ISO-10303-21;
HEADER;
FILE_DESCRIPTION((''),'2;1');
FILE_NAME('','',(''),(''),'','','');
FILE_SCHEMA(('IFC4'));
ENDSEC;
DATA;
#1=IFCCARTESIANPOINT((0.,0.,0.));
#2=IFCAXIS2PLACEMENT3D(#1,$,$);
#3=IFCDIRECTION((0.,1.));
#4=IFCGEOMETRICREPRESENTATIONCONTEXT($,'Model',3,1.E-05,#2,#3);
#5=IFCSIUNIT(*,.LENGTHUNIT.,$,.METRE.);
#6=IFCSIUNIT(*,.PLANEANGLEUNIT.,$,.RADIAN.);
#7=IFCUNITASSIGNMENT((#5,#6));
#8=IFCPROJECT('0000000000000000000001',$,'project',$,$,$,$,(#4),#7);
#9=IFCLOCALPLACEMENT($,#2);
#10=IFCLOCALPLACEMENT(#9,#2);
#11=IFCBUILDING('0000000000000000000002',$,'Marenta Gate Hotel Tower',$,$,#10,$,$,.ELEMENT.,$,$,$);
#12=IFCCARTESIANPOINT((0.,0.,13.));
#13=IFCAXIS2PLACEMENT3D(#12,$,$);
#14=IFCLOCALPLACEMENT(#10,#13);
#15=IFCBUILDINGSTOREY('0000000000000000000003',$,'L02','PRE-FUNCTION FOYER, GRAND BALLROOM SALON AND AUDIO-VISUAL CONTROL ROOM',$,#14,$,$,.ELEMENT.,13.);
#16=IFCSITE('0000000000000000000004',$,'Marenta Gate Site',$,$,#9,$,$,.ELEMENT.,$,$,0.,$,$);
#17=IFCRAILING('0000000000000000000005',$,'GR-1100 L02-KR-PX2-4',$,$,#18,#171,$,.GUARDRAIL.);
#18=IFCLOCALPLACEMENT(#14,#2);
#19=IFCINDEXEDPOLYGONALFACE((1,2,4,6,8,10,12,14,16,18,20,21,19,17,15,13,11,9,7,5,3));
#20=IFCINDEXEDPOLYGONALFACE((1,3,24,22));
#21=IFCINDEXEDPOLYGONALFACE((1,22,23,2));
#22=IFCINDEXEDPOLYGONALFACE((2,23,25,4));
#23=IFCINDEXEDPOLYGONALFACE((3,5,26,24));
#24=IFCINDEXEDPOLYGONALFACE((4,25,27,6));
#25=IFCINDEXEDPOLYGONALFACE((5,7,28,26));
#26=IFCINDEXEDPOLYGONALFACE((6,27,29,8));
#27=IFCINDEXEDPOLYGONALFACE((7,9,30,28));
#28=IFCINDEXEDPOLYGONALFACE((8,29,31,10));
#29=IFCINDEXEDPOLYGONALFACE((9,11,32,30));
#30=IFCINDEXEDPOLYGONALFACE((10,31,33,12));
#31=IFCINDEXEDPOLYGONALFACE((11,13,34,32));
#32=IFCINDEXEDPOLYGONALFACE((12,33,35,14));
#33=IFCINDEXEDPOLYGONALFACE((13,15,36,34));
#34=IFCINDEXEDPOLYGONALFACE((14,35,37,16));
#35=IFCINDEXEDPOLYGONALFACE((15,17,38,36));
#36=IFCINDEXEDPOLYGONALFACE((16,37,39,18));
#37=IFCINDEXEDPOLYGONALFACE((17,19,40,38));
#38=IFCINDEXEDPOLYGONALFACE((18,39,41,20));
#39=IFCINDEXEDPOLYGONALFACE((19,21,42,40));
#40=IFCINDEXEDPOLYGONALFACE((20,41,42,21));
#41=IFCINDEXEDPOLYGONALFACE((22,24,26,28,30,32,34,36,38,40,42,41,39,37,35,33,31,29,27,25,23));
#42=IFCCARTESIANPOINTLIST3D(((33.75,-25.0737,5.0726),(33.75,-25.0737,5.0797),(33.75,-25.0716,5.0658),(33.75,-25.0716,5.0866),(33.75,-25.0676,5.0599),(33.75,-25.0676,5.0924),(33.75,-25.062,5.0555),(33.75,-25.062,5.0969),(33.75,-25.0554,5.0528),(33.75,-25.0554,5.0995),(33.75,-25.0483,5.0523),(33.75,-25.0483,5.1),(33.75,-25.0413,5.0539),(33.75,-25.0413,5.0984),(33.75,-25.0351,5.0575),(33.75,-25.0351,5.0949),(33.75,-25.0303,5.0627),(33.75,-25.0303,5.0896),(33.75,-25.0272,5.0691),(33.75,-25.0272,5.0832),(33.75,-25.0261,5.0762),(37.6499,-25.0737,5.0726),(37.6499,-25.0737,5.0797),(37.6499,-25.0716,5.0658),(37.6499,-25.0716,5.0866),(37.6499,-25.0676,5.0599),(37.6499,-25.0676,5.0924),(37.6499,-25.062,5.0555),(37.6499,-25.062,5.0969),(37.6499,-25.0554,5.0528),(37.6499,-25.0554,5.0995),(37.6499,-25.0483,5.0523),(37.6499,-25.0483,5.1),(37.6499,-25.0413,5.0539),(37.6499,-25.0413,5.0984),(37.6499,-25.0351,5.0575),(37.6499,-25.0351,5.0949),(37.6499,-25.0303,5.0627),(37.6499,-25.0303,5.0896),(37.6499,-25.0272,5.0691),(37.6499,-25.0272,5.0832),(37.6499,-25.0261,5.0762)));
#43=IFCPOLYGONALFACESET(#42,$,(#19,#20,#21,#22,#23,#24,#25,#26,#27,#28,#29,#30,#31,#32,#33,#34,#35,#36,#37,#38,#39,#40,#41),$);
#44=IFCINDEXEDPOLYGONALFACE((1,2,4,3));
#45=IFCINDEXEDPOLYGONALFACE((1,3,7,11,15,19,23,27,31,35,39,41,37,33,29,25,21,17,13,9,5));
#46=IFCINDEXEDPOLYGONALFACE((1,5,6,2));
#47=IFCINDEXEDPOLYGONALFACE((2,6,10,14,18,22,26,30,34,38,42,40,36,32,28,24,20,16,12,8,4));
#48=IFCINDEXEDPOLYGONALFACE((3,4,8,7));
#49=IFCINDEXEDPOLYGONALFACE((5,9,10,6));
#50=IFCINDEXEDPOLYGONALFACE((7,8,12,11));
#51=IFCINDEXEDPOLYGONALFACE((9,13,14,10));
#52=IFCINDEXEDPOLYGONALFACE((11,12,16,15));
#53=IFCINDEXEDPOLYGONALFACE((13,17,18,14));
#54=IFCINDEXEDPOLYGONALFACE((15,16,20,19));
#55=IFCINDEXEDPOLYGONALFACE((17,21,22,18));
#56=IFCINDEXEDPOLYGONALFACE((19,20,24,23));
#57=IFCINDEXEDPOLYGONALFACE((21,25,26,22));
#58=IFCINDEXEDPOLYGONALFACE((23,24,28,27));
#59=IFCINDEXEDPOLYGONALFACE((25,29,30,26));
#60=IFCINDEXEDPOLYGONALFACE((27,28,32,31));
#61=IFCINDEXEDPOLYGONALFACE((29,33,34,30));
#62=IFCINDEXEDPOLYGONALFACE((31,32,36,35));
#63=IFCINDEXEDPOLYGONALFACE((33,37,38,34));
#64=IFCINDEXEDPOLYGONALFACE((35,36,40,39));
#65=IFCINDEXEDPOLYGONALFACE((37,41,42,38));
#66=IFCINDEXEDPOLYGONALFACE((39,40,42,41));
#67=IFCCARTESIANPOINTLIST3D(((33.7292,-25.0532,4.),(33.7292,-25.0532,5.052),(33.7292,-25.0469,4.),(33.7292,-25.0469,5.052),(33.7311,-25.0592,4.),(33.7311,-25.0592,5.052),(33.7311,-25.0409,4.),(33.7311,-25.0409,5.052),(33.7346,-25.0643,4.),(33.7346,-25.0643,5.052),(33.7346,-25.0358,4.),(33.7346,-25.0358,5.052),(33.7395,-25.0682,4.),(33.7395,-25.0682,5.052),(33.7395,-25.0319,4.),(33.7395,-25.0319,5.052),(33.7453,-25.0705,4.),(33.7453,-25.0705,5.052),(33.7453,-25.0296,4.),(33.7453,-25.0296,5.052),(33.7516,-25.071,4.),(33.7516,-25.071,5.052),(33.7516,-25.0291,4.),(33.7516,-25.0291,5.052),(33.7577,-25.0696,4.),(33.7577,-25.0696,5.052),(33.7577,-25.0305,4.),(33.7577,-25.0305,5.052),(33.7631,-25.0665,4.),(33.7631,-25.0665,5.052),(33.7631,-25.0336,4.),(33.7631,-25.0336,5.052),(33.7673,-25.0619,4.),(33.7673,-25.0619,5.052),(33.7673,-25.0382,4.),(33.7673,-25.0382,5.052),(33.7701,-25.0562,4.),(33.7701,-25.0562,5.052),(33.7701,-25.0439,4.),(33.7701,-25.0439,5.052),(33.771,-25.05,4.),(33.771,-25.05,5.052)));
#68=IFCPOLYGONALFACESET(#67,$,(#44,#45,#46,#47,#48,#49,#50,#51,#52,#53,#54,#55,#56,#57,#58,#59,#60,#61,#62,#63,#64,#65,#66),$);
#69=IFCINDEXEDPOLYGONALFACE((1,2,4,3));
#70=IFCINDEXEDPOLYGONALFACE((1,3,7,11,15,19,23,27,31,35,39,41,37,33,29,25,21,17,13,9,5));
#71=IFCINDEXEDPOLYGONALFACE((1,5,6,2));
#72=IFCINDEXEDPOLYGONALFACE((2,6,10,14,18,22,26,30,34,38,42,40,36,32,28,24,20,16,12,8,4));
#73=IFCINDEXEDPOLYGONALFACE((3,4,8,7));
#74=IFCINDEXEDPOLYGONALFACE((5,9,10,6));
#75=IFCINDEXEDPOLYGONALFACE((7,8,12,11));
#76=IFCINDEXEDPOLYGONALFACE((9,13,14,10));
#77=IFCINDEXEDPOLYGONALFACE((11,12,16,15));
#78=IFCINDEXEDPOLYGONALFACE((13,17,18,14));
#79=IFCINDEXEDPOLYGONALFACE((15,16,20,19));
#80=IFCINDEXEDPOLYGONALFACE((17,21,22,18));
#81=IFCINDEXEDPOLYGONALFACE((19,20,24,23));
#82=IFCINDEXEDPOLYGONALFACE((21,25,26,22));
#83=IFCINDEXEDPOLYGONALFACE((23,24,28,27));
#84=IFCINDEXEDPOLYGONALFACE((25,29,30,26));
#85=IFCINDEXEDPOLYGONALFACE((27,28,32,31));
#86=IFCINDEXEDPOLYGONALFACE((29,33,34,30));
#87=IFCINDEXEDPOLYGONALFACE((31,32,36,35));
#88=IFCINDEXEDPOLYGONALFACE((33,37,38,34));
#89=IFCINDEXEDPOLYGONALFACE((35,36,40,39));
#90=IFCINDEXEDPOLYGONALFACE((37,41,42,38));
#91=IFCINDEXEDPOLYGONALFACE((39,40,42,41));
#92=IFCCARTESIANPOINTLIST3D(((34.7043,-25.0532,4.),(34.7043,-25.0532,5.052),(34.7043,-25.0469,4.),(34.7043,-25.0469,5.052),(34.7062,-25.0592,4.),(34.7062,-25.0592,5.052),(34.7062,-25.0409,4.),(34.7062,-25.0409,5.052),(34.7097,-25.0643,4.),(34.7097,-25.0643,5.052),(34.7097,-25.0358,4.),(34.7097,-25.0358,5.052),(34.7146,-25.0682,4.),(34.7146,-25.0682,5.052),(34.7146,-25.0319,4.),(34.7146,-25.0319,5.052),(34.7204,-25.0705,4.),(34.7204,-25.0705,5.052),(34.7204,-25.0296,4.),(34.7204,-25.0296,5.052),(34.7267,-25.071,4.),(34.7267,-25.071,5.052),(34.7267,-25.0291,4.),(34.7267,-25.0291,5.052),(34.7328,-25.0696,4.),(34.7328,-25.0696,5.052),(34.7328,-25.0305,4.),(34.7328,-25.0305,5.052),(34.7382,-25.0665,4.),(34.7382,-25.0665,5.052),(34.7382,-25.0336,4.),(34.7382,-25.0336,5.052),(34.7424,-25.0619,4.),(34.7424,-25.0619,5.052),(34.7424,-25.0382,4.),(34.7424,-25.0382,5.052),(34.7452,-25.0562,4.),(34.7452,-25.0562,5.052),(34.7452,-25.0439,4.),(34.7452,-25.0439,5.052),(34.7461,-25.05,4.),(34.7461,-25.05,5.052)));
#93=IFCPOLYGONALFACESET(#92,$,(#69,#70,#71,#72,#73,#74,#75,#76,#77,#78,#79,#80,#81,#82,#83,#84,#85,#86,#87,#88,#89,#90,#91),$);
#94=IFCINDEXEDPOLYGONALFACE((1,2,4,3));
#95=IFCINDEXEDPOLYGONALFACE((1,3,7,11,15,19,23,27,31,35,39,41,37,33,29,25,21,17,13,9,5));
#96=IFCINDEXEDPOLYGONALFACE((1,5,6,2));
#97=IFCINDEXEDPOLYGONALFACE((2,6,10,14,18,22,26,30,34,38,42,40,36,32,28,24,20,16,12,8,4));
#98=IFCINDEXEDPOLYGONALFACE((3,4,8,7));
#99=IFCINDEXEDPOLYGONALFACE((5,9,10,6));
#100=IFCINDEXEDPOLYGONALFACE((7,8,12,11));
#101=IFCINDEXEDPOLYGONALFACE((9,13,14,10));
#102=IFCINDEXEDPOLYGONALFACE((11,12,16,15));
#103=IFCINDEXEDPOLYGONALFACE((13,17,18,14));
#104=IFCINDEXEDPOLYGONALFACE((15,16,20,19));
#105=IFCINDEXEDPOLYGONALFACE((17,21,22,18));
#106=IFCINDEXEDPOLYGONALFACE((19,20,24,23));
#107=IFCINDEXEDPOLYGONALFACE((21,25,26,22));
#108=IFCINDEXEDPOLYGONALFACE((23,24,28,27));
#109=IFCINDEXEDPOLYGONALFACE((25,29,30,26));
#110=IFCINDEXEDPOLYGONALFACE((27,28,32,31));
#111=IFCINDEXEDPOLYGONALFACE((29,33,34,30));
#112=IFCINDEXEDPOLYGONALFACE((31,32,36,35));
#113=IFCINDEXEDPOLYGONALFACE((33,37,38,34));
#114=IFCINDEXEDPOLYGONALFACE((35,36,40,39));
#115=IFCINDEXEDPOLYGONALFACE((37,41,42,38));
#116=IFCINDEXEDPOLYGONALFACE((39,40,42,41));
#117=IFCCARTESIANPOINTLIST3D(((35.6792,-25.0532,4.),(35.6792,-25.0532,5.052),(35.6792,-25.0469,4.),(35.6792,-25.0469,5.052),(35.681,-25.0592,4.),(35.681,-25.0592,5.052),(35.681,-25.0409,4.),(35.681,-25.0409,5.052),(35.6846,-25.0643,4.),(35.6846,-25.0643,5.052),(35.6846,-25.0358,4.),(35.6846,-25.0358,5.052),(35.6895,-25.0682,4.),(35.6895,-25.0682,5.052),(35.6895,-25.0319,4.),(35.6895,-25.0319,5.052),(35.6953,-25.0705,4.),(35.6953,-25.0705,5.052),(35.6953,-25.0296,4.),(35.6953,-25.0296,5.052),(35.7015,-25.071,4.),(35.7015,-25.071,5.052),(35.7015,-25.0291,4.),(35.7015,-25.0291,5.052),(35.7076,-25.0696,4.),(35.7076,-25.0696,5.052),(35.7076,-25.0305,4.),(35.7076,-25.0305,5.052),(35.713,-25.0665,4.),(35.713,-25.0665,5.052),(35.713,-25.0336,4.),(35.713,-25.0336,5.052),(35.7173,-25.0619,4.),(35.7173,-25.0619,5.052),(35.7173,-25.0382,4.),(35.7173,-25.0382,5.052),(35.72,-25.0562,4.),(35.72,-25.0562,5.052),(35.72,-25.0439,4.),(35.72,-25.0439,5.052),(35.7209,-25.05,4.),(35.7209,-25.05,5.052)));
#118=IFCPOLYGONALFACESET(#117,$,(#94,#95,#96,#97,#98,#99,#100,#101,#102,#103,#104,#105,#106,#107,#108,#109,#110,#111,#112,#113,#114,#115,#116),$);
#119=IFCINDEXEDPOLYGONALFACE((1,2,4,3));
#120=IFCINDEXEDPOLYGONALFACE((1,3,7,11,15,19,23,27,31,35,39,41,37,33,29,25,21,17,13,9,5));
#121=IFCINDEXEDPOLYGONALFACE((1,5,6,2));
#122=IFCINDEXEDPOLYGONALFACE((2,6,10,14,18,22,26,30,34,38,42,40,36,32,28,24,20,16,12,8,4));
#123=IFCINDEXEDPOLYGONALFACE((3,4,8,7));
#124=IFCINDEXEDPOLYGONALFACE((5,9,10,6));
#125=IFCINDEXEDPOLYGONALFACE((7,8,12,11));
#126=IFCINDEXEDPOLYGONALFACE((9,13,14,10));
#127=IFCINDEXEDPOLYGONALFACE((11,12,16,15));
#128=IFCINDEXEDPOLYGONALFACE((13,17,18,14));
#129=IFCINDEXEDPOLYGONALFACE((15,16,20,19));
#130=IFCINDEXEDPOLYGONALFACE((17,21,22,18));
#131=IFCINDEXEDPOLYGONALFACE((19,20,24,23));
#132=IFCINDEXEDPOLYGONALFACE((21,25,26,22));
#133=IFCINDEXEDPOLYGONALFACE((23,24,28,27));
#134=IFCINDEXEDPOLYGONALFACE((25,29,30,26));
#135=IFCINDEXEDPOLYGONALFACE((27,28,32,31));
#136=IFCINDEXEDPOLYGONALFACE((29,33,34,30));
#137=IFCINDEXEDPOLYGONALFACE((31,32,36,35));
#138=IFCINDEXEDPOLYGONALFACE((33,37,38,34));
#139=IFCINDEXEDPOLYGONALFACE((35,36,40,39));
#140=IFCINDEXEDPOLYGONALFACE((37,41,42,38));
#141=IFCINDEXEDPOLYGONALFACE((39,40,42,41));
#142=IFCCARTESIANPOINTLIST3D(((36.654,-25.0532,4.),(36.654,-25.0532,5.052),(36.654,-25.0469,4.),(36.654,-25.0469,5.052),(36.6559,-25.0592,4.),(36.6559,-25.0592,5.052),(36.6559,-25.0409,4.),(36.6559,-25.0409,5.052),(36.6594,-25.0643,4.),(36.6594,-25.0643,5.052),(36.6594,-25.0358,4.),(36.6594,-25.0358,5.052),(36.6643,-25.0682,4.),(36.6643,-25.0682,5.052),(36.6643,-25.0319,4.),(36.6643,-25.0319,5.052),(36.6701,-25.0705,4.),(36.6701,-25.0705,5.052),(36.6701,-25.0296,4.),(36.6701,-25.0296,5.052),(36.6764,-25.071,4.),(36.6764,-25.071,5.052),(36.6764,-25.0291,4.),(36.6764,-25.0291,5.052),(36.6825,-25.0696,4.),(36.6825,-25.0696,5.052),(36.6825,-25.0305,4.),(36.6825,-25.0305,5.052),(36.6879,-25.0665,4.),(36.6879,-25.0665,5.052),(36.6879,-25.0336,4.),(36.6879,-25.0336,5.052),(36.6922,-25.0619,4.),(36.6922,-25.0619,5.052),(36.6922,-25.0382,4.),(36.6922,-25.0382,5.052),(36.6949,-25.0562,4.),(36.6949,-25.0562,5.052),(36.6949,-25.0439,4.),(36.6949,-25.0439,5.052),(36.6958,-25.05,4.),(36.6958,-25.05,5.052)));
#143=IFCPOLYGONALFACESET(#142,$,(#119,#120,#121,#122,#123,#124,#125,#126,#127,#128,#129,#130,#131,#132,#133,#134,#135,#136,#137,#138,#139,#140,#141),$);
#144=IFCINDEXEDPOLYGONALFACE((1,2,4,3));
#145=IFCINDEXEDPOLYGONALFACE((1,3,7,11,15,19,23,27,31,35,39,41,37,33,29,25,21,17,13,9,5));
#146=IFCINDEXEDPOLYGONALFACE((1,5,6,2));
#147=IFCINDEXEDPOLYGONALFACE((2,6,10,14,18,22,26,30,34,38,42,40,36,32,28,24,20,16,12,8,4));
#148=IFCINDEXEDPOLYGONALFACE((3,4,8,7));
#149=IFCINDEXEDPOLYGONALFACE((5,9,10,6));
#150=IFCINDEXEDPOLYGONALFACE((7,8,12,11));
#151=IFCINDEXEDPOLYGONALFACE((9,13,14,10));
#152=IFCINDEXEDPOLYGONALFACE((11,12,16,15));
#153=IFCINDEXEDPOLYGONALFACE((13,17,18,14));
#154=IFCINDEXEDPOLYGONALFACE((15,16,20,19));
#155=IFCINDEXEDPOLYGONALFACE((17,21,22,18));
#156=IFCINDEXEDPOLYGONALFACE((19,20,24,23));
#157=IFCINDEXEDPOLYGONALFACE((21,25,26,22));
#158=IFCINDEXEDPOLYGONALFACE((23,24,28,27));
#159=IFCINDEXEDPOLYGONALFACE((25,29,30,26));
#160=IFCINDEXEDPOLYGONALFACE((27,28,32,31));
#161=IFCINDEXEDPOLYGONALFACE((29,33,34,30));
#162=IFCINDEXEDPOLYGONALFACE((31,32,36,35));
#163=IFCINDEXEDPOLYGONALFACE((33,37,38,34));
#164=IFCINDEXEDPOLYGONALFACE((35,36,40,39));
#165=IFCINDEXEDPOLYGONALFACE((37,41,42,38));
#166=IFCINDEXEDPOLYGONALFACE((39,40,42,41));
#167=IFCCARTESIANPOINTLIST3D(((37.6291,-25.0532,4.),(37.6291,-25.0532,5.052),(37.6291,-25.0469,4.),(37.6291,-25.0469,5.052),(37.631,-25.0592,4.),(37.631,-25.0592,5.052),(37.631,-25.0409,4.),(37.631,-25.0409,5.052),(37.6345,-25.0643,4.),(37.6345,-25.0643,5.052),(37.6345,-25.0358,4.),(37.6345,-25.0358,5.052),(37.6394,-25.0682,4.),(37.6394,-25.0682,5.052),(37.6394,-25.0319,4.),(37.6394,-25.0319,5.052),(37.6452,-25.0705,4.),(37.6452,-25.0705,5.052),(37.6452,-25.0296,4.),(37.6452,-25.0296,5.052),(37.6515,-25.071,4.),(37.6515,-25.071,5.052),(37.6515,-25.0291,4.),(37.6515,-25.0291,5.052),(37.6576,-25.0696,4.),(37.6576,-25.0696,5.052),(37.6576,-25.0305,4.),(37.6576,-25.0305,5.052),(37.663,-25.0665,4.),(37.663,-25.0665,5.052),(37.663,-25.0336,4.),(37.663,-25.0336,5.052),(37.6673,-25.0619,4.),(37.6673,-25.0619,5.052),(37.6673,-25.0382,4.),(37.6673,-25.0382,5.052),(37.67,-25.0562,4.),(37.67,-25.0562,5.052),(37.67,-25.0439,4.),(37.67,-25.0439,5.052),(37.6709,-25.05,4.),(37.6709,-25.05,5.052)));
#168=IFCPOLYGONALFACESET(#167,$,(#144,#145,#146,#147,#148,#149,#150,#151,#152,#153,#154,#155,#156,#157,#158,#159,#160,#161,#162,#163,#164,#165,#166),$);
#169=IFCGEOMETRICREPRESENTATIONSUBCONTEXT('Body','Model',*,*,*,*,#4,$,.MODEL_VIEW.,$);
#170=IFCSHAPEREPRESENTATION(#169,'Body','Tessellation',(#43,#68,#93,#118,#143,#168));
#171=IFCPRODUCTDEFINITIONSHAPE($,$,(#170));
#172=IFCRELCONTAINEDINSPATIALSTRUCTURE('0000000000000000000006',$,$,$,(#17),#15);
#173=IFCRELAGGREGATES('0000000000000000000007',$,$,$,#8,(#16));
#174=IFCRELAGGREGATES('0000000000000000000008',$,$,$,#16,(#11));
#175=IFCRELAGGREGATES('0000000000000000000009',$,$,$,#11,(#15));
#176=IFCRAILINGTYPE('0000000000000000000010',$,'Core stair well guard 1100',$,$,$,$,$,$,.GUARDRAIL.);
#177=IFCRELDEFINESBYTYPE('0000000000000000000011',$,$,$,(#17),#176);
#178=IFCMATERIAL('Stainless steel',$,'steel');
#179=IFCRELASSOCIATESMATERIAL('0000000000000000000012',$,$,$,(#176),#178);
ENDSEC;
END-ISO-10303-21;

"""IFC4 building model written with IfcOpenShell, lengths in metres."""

from ifc_helpers import new_model, si_unit, direction, frame, origin, origin_2d, place, context, subcontext, project, spatial, circle, extrude, material, type_object, element, save


model = new_model("IFC4")

# Units and contexts
model_context = context("Model", 3, precision=1e-05, world=origin(), true_north=direction((0.0, 1.0)))
body_context = subcontext(model_context, "Body", "Model", "MODEL_VIEW")
ifc_project = project(units=[si_unit("LENGTHUNIT", "METRE"), si_unit("PLANEANGLEUNIT", "RADIAN")], contexts=[model_context])

# Site, building, storey
site_placement = place(None, origin())
site = spatial("IfcSite", under=ifc_project, at=site_placement, Name="Marenta Gate Site", CompositionType="ELEMENT", RefElevation=0.0)
building_placement = place(site_placement, origin())
building = spatial("IfcBuilding", under=site, at=building_placement, Name="Marenta Gate Hotel Tower", CompositionType="ELEMENT")
storey_placement = place(building_placement, frame((0.0, 0.0, 13.0)))
storey = spatial("IfcBuildingStorey", under=building, at=storey_placement, Name="L02", Description="PRE-FUNCTION FOYER, GRAND BALLROOM SALON AND AUDIO-VISUAL CONTROL ROOM", CompositionType="ELEMENT", Elevation=13.0)

# Railing
ifc_material_1 = material(Name="Stainless steel", Category="steel")
railing_type_1 = type_object("IfcRailingType", Name="Core stair well guard 1100", PredefinedType="GUARDRAIL", material=ifc_material_1)
railing_1_placement = place(storey_placement, frame((33.75, -25.05, 4.0)))
element("IfcRailing", 1, at=railing_1_placement, inside=storey, type_object=railing_type_1, Name="GR-1100 L02-KR-PX2-4", PredefinedType="GUARDRAIL", context=body_context, shape_type="SweptSolid", body=[
    extrude(circle(Radius=0.0239, at=origin_2d()), frame((0.0, 0.0, 1.0762), z_axis=(1.0, 0.0, 0.0), x_axis=(0.0, 1.0, 0.0)), (0.0, 0.0, 1.0), 3.8999),
    extrude(circle(Radius=0.021, at=origin_2d()), origin(), (0.0, 0.0, 1.0), 1.052),
    extrude(circle(Radius=0.021, at=origin_2d()), frame((0.9751, 0.0, 0.0)), (0.0, 0.0, 1.0), 1.052),
    extrude(circle(Radius=0.021, at=origin_2d()), frame((1.95, 0.0, 0.0)), (0.0, 0.0, 1.0), 1.052),
    extrude(circle(Radius=0.021, at=origin_2d()), frame((2.9248, 0.0, 0.0)), (0.0, 0.0, 1.0), 1.052),
    extrude(circle(Radius=0.021, at=origin_2d()), frame((3.8999, 0.0, 0.0)), (0.0, 0.0, 1.0), 1.052),
])

save(model, "model.ifc")
